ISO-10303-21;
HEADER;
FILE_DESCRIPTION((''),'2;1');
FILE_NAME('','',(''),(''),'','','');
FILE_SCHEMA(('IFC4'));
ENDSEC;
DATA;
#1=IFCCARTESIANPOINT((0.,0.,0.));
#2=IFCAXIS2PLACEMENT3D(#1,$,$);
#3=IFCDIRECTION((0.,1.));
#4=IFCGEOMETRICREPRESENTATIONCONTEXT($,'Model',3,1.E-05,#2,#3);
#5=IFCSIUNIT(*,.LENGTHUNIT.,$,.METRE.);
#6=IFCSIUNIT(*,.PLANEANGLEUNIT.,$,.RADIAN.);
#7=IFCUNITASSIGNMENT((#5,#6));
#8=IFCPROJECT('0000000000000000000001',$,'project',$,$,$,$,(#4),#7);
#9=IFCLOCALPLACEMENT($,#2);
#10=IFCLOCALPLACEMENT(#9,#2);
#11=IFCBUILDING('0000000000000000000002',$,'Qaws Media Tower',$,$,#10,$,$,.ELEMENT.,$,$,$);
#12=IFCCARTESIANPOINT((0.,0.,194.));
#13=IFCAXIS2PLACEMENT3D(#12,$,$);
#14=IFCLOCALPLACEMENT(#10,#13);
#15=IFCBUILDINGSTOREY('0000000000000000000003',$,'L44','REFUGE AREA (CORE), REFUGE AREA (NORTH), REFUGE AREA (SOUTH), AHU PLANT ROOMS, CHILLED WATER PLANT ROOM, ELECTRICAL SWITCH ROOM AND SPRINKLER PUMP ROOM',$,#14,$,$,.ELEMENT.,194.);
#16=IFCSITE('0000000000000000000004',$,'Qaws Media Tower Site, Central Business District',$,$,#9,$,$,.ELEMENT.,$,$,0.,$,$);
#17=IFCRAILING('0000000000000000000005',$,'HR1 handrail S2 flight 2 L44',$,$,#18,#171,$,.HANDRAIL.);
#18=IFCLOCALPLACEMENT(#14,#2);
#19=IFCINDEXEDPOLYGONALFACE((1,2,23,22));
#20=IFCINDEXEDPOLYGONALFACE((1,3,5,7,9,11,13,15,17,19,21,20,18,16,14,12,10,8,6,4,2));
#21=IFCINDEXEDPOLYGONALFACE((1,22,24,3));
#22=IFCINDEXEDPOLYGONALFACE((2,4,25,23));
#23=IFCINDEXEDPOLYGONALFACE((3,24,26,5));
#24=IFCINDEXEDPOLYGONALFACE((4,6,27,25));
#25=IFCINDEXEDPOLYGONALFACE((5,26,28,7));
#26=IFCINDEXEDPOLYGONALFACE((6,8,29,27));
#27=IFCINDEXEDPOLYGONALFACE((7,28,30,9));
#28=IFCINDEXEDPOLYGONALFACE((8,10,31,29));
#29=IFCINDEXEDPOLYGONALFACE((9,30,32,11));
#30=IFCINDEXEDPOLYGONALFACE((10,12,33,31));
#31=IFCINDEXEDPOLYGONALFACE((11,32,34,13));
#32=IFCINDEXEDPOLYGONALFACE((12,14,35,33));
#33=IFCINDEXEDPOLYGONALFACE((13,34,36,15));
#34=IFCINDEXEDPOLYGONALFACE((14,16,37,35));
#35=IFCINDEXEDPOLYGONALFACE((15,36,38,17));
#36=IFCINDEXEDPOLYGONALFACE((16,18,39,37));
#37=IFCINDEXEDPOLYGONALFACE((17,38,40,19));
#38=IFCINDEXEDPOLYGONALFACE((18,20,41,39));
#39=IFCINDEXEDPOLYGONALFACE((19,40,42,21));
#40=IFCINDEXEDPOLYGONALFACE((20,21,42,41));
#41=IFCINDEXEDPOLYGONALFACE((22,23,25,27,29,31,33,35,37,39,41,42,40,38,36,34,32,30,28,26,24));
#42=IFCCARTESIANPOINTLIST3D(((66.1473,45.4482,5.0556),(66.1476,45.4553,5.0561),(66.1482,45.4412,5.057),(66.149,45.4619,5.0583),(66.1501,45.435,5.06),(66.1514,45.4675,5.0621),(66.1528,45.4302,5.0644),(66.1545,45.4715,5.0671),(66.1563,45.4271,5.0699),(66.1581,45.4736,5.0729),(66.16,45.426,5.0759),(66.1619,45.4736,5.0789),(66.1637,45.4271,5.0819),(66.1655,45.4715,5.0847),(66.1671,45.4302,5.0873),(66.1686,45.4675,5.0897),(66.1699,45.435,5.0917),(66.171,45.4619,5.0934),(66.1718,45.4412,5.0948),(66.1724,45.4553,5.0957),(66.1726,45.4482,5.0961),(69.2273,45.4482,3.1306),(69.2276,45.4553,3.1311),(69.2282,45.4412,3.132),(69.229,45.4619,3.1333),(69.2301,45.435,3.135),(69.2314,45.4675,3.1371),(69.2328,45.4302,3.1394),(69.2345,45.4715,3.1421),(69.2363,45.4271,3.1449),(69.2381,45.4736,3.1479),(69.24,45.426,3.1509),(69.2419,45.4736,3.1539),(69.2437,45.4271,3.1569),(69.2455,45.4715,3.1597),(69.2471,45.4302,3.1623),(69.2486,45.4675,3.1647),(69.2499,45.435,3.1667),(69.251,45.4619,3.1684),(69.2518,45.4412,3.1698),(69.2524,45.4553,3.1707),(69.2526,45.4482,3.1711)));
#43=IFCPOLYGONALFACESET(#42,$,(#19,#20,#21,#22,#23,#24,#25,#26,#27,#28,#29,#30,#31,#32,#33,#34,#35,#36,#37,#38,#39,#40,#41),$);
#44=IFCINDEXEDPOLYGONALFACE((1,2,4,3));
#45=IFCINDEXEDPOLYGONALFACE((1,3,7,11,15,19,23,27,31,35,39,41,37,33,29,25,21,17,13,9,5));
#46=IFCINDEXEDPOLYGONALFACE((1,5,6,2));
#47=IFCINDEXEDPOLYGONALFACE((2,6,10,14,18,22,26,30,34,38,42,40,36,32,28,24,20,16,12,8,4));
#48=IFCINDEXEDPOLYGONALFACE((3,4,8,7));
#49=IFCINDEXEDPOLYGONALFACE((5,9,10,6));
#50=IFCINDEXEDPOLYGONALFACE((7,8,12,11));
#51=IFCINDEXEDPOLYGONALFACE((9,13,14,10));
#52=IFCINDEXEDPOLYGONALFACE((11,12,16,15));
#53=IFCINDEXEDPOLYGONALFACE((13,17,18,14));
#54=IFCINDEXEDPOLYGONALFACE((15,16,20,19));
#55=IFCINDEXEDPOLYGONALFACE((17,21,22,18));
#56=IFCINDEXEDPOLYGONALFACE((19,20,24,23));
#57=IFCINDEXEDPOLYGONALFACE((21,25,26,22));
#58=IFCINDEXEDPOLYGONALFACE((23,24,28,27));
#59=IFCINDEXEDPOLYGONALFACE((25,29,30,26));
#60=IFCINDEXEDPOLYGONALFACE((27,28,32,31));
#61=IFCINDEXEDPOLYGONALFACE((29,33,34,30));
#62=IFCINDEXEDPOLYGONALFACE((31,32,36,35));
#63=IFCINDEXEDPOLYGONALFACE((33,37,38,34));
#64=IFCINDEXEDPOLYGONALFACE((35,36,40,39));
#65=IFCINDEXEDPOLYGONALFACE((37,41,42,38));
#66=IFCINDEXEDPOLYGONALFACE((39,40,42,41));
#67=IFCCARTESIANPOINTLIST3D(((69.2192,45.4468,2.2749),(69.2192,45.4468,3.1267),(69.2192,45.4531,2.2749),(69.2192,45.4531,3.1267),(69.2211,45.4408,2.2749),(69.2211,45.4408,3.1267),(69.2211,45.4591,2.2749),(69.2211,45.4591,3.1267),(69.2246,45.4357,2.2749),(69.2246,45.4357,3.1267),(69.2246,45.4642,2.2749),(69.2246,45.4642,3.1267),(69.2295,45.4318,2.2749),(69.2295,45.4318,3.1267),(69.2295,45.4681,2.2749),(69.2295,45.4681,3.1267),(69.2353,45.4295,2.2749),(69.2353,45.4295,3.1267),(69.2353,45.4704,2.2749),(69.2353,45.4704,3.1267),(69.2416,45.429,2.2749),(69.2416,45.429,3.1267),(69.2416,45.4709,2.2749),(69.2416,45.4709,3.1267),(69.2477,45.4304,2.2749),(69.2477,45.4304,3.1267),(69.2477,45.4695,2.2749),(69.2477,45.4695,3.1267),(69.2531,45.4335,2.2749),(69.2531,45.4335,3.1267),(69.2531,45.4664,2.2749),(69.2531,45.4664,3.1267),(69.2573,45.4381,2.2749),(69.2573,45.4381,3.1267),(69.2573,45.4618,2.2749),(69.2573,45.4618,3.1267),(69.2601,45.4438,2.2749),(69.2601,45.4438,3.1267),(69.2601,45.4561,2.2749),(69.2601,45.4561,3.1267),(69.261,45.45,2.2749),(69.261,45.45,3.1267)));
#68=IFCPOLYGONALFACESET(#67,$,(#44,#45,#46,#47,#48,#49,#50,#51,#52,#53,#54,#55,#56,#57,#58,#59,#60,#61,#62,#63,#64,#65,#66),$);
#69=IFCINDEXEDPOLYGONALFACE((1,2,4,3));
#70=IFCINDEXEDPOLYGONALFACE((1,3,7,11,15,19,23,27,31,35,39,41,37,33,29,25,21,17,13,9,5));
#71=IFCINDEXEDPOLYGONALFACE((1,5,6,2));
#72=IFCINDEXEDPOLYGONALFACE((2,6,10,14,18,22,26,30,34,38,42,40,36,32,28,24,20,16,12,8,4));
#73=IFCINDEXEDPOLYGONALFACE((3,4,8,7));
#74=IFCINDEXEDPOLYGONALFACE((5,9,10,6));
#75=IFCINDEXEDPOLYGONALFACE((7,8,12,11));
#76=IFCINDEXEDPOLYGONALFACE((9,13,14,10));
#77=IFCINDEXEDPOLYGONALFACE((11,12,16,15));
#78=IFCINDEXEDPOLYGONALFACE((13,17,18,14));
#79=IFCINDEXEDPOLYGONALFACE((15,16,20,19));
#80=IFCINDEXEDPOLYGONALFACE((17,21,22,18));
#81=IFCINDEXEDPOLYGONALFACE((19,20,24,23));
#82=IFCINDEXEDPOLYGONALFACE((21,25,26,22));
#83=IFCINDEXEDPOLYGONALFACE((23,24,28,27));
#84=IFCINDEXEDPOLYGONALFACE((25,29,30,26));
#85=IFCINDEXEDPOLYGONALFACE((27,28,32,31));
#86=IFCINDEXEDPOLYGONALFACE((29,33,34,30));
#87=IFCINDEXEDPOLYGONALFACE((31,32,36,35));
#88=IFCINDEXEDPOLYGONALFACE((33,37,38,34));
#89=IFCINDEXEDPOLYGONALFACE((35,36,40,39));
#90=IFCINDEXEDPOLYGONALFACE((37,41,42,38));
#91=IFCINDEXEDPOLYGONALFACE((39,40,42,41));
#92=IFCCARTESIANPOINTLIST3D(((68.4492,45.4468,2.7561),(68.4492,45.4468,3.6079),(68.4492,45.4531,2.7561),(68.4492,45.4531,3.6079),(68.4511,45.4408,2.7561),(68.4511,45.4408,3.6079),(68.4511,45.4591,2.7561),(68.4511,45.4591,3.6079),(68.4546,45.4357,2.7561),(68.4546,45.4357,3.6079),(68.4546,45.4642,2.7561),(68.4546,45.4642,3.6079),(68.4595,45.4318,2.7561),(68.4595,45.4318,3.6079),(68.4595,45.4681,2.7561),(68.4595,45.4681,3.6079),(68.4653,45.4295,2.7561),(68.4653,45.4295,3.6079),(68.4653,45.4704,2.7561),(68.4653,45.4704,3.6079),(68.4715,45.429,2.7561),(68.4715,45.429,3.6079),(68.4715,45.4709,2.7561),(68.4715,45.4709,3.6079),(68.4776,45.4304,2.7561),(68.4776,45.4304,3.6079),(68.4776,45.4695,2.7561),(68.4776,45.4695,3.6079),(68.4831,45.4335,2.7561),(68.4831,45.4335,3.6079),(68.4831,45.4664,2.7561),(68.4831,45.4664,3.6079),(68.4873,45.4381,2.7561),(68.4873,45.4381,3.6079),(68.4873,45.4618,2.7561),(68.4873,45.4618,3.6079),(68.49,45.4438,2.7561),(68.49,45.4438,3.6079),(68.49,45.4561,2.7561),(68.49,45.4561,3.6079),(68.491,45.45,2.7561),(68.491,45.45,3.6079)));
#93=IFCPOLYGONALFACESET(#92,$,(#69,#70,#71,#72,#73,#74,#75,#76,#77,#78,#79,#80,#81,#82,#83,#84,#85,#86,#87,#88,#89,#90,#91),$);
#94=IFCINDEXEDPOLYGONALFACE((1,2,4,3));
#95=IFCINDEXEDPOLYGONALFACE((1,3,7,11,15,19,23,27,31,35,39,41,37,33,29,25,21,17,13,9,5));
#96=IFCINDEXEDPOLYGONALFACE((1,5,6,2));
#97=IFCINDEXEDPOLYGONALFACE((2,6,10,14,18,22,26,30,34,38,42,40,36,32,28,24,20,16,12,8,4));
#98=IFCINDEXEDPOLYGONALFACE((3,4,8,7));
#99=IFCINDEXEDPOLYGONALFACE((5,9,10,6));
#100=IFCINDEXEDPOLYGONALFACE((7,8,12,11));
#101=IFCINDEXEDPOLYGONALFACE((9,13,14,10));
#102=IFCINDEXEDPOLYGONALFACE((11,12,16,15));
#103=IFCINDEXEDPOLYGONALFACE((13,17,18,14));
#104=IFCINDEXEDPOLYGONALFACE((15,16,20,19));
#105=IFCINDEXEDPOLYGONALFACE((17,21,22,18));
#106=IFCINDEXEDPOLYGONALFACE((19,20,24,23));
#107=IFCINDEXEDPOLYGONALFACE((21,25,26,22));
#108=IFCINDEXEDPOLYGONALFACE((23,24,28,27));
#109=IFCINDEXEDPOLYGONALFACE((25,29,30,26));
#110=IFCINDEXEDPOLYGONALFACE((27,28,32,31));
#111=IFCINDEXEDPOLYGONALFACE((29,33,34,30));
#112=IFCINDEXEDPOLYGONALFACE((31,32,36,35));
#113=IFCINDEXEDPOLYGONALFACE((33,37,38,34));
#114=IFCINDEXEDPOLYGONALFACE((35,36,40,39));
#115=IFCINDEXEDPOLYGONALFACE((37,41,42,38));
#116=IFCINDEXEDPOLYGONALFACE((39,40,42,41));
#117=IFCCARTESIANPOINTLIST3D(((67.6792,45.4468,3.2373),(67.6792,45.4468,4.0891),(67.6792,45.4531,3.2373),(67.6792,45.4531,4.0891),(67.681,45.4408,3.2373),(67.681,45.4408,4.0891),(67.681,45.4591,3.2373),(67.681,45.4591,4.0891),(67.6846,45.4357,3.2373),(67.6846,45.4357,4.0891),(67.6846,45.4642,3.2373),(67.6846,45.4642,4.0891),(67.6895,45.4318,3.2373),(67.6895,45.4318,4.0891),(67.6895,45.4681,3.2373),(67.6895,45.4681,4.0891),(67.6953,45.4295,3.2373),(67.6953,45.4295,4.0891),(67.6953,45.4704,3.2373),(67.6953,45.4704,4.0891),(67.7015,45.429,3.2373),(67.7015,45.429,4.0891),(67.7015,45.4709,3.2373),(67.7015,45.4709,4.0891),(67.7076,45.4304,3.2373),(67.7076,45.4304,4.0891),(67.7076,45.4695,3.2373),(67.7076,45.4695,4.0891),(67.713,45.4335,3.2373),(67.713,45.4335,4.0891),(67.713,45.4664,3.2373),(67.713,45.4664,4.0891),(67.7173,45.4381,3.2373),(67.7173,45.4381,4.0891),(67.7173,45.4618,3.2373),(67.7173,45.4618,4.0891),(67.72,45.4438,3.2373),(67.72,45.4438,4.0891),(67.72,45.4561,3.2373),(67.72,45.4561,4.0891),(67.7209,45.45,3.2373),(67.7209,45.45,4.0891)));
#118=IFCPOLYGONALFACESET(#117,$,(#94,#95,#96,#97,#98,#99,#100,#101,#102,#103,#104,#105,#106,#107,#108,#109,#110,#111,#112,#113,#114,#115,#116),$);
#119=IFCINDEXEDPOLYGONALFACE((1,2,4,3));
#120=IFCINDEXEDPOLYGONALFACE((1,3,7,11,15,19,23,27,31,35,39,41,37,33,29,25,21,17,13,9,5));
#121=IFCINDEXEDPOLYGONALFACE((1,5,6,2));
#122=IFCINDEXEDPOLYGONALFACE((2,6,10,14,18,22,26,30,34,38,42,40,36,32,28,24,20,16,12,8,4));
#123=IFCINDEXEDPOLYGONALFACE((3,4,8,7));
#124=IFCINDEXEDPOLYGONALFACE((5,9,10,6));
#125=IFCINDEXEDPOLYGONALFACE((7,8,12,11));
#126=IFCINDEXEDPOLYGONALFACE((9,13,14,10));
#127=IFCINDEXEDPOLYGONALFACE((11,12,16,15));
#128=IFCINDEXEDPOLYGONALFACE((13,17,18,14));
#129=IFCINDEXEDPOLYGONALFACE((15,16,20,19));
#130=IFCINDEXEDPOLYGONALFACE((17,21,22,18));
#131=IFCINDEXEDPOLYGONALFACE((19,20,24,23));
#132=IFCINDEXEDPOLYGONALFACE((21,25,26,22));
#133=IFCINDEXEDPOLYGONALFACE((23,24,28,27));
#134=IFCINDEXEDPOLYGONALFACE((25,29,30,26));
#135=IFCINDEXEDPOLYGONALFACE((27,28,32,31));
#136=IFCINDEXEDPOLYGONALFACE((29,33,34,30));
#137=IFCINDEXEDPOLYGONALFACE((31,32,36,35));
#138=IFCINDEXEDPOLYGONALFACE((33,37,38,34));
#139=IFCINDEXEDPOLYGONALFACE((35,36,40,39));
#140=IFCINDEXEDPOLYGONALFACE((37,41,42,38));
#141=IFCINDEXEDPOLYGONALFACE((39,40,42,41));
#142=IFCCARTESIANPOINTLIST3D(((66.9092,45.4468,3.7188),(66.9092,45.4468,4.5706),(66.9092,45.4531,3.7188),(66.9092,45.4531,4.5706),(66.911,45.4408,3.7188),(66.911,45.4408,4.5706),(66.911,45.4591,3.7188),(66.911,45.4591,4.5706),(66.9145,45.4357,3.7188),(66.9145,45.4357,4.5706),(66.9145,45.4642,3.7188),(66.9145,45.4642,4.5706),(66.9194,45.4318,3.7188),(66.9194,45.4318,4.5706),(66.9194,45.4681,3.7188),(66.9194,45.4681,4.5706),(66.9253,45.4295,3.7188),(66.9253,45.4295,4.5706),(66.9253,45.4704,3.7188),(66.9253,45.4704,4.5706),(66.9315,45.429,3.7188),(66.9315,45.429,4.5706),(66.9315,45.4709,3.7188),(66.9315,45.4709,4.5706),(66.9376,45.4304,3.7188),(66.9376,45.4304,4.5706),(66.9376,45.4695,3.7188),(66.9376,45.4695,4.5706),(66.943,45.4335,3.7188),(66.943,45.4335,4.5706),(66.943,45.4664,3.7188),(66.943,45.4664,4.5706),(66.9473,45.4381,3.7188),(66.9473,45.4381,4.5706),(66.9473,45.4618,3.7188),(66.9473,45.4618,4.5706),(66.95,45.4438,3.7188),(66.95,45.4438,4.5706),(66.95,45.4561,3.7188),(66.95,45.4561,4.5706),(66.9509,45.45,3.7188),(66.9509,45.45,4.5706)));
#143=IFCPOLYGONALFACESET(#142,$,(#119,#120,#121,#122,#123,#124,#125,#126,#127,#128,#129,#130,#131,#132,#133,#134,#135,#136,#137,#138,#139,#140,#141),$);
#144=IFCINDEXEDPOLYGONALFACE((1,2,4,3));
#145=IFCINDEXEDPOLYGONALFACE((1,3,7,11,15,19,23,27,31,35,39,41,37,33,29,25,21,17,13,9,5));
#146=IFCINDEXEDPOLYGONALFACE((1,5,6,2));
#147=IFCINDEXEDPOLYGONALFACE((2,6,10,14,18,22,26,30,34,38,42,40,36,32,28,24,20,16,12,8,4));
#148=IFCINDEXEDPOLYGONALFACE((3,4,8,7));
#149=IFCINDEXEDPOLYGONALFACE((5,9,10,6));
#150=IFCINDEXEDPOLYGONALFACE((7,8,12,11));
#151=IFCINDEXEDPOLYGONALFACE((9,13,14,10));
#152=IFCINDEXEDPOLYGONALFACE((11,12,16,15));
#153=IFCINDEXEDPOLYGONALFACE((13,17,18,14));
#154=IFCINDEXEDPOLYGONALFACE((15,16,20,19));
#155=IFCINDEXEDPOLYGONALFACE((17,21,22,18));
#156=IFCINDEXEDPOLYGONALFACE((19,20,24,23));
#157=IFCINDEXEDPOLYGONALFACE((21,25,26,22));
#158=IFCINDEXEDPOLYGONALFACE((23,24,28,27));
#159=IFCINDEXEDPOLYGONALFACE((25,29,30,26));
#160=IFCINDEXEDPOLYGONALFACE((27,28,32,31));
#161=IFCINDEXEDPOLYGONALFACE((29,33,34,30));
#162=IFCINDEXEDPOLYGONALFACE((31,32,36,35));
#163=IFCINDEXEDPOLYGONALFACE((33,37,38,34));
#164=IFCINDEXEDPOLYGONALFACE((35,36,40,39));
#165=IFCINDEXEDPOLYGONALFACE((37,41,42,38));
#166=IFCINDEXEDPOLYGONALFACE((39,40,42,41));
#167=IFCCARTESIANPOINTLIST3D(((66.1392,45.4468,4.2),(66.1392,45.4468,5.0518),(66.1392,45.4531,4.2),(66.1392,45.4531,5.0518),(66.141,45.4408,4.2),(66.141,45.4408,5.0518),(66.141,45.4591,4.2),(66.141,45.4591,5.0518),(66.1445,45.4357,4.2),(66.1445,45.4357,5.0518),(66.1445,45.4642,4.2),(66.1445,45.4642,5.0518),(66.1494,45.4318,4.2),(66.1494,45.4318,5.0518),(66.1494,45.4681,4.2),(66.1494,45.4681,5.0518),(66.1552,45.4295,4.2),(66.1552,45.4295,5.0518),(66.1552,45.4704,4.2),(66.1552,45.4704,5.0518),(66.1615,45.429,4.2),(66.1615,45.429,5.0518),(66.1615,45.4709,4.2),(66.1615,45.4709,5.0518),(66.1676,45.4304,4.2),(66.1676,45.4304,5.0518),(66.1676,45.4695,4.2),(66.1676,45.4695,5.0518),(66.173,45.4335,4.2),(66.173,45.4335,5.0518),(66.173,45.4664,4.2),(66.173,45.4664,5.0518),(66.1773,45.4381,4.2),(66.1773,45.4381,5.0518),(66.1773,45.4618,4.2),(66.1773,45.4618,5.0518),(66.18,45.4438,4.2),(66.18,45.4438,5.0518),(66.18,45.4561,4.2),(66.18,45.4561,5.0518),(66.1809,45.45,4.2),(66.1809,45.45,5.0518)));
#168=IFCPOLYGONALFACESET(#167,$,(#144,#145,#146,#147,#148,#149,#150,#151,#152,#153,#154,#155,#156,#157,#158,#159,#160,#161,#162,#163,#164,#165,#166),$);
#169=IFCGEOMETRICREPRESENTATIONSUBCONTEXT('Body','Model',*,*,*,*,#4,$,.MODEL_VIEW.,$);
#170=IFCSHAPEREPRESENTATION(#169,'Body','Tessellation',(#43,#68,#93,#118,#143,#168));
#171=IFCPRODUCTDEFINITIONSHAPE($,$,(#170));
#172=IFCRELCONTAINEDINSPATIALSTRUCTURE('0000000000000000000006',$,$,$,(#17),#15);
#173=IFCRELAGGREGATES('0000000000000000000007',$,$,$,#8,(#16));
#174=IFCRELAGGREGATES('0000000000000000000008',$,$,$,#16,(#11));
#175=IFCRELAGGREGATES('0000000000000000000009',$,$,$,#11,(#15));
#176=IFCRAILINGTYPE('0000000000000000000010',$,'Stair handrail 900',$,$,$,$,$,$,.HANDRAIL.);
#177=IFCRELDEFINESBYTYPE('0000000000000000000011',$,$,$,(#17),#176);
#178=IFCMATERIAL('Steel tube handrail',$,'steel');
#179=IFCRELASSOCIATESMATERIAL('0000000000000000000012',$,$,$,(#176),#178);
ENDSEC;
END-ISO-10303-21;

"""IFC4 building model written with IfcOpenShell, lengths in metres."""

from ifc_helpers import new_model, si_unit, direction, frame, origin, origin_2d, place, context, subcontext, project, spatial, circle, extrude, material, type_object, element, save


model = new_model("IFC4")

# Units and contexts
model_context = context("Model", 3, precision=1e-05, world=origin(), true_north=direction((0.0, 1.0)))
body_context = subcontext(model_context, "Body", "Model", "MODEL_VIEW")
ifc_project = project(units=[si_unit("LENGTHUNIT", "METRE"), si_unit("PLANEANGLEUNIT", "RADIAN")], contexts=[model_context])

# Site, building, storey
site_placement = place(None, origin())
site = spatial("IfcSite", under=ifc_project, at=site_placement, Name="Qaws Media Tower Site, Central Business District", CompositionType="ELEMENT", RefElevation=0.0)
building_placement = place(site_placement, origin())
building = spatial("IfcBuilding", under=site, at=building_placement, Name="Qaws Media Tower", CompositionType="ELEMENT")
storey_placement = place(building_placement, frame((0.0, 0.0, 194.0)))
storey = spatial("IfcBuildingStorey", under=building, at=storey_placement, Name="L44", Description="REFUGE AREA (CORE), REFUGE AREA (NORTH), REFUGE AREA (SOUTH), AHU PLANT ROOMS, CHILLED WATER PLANT ROOM, ELECTRICAL SWITCH ROOM AND SPRINKLER PUMP ROOM", CompositionType="ELEMENT", Elevation=194.0)

# Railing
ifc_material_1 = material(Name="Steel tube handrail", Category="steel")
railing_type = type_object("IfcRailingType", Name="Stair handrail 900", PredefinedType="HANDRAIL", material=ifc_material_1)
for number, where, name in (
    (1, (69.24, 45.45, 2.2749), "HR1 handrail S2 flight 2 L44"),
):
    element("IfcRailing", number, at=place(storey_placement, frame(where)), inside=storey, type_object=railing_type, Name=name, PredefinedType="HANDRAIL", context=body_context, shape_type="SweptSolid", body=[
        extrude(circle(Radius=0.0239, at=origin_2d()), frame((0.0, 0.0, 0.876), z_axis=(-0.847998, 0.0, 0.529999), x_axis=(0.0, -1.0, 0.0)), (0.0, 0.0, 1.0), 3.6321),
        extrude(circle(Radius=0.021, at=origin_2d()), origin(), (0.0, 0.0, 1.0), 0.8518),
        extrude(circle(Radius=0.021, at=origin_2d()), frame((-0.77, 0.0, 0.4812)), (0.0, 0.0, 1.0), 0.8518),
        extrude(circle(Radius=0.021, at=origin_2d()), frame((-1.54, 0.0, 0.9624)), (0.0, 0.0, 1.0), 0.8518),
        extrude(circle(Radius=0.021, at=origin_2d()), frame((-2.3101, 0.0, 1.4438)), (0.0, 0.0, 1.0), 0.8518),
        extrude(circle(Radius=0.021, at=origin_2d()), frame((-3.0801, 0.0, 1.925)), (0.0, 0.0, 1.0), 0.8518),
    ])

save(model, "model.ifc")
